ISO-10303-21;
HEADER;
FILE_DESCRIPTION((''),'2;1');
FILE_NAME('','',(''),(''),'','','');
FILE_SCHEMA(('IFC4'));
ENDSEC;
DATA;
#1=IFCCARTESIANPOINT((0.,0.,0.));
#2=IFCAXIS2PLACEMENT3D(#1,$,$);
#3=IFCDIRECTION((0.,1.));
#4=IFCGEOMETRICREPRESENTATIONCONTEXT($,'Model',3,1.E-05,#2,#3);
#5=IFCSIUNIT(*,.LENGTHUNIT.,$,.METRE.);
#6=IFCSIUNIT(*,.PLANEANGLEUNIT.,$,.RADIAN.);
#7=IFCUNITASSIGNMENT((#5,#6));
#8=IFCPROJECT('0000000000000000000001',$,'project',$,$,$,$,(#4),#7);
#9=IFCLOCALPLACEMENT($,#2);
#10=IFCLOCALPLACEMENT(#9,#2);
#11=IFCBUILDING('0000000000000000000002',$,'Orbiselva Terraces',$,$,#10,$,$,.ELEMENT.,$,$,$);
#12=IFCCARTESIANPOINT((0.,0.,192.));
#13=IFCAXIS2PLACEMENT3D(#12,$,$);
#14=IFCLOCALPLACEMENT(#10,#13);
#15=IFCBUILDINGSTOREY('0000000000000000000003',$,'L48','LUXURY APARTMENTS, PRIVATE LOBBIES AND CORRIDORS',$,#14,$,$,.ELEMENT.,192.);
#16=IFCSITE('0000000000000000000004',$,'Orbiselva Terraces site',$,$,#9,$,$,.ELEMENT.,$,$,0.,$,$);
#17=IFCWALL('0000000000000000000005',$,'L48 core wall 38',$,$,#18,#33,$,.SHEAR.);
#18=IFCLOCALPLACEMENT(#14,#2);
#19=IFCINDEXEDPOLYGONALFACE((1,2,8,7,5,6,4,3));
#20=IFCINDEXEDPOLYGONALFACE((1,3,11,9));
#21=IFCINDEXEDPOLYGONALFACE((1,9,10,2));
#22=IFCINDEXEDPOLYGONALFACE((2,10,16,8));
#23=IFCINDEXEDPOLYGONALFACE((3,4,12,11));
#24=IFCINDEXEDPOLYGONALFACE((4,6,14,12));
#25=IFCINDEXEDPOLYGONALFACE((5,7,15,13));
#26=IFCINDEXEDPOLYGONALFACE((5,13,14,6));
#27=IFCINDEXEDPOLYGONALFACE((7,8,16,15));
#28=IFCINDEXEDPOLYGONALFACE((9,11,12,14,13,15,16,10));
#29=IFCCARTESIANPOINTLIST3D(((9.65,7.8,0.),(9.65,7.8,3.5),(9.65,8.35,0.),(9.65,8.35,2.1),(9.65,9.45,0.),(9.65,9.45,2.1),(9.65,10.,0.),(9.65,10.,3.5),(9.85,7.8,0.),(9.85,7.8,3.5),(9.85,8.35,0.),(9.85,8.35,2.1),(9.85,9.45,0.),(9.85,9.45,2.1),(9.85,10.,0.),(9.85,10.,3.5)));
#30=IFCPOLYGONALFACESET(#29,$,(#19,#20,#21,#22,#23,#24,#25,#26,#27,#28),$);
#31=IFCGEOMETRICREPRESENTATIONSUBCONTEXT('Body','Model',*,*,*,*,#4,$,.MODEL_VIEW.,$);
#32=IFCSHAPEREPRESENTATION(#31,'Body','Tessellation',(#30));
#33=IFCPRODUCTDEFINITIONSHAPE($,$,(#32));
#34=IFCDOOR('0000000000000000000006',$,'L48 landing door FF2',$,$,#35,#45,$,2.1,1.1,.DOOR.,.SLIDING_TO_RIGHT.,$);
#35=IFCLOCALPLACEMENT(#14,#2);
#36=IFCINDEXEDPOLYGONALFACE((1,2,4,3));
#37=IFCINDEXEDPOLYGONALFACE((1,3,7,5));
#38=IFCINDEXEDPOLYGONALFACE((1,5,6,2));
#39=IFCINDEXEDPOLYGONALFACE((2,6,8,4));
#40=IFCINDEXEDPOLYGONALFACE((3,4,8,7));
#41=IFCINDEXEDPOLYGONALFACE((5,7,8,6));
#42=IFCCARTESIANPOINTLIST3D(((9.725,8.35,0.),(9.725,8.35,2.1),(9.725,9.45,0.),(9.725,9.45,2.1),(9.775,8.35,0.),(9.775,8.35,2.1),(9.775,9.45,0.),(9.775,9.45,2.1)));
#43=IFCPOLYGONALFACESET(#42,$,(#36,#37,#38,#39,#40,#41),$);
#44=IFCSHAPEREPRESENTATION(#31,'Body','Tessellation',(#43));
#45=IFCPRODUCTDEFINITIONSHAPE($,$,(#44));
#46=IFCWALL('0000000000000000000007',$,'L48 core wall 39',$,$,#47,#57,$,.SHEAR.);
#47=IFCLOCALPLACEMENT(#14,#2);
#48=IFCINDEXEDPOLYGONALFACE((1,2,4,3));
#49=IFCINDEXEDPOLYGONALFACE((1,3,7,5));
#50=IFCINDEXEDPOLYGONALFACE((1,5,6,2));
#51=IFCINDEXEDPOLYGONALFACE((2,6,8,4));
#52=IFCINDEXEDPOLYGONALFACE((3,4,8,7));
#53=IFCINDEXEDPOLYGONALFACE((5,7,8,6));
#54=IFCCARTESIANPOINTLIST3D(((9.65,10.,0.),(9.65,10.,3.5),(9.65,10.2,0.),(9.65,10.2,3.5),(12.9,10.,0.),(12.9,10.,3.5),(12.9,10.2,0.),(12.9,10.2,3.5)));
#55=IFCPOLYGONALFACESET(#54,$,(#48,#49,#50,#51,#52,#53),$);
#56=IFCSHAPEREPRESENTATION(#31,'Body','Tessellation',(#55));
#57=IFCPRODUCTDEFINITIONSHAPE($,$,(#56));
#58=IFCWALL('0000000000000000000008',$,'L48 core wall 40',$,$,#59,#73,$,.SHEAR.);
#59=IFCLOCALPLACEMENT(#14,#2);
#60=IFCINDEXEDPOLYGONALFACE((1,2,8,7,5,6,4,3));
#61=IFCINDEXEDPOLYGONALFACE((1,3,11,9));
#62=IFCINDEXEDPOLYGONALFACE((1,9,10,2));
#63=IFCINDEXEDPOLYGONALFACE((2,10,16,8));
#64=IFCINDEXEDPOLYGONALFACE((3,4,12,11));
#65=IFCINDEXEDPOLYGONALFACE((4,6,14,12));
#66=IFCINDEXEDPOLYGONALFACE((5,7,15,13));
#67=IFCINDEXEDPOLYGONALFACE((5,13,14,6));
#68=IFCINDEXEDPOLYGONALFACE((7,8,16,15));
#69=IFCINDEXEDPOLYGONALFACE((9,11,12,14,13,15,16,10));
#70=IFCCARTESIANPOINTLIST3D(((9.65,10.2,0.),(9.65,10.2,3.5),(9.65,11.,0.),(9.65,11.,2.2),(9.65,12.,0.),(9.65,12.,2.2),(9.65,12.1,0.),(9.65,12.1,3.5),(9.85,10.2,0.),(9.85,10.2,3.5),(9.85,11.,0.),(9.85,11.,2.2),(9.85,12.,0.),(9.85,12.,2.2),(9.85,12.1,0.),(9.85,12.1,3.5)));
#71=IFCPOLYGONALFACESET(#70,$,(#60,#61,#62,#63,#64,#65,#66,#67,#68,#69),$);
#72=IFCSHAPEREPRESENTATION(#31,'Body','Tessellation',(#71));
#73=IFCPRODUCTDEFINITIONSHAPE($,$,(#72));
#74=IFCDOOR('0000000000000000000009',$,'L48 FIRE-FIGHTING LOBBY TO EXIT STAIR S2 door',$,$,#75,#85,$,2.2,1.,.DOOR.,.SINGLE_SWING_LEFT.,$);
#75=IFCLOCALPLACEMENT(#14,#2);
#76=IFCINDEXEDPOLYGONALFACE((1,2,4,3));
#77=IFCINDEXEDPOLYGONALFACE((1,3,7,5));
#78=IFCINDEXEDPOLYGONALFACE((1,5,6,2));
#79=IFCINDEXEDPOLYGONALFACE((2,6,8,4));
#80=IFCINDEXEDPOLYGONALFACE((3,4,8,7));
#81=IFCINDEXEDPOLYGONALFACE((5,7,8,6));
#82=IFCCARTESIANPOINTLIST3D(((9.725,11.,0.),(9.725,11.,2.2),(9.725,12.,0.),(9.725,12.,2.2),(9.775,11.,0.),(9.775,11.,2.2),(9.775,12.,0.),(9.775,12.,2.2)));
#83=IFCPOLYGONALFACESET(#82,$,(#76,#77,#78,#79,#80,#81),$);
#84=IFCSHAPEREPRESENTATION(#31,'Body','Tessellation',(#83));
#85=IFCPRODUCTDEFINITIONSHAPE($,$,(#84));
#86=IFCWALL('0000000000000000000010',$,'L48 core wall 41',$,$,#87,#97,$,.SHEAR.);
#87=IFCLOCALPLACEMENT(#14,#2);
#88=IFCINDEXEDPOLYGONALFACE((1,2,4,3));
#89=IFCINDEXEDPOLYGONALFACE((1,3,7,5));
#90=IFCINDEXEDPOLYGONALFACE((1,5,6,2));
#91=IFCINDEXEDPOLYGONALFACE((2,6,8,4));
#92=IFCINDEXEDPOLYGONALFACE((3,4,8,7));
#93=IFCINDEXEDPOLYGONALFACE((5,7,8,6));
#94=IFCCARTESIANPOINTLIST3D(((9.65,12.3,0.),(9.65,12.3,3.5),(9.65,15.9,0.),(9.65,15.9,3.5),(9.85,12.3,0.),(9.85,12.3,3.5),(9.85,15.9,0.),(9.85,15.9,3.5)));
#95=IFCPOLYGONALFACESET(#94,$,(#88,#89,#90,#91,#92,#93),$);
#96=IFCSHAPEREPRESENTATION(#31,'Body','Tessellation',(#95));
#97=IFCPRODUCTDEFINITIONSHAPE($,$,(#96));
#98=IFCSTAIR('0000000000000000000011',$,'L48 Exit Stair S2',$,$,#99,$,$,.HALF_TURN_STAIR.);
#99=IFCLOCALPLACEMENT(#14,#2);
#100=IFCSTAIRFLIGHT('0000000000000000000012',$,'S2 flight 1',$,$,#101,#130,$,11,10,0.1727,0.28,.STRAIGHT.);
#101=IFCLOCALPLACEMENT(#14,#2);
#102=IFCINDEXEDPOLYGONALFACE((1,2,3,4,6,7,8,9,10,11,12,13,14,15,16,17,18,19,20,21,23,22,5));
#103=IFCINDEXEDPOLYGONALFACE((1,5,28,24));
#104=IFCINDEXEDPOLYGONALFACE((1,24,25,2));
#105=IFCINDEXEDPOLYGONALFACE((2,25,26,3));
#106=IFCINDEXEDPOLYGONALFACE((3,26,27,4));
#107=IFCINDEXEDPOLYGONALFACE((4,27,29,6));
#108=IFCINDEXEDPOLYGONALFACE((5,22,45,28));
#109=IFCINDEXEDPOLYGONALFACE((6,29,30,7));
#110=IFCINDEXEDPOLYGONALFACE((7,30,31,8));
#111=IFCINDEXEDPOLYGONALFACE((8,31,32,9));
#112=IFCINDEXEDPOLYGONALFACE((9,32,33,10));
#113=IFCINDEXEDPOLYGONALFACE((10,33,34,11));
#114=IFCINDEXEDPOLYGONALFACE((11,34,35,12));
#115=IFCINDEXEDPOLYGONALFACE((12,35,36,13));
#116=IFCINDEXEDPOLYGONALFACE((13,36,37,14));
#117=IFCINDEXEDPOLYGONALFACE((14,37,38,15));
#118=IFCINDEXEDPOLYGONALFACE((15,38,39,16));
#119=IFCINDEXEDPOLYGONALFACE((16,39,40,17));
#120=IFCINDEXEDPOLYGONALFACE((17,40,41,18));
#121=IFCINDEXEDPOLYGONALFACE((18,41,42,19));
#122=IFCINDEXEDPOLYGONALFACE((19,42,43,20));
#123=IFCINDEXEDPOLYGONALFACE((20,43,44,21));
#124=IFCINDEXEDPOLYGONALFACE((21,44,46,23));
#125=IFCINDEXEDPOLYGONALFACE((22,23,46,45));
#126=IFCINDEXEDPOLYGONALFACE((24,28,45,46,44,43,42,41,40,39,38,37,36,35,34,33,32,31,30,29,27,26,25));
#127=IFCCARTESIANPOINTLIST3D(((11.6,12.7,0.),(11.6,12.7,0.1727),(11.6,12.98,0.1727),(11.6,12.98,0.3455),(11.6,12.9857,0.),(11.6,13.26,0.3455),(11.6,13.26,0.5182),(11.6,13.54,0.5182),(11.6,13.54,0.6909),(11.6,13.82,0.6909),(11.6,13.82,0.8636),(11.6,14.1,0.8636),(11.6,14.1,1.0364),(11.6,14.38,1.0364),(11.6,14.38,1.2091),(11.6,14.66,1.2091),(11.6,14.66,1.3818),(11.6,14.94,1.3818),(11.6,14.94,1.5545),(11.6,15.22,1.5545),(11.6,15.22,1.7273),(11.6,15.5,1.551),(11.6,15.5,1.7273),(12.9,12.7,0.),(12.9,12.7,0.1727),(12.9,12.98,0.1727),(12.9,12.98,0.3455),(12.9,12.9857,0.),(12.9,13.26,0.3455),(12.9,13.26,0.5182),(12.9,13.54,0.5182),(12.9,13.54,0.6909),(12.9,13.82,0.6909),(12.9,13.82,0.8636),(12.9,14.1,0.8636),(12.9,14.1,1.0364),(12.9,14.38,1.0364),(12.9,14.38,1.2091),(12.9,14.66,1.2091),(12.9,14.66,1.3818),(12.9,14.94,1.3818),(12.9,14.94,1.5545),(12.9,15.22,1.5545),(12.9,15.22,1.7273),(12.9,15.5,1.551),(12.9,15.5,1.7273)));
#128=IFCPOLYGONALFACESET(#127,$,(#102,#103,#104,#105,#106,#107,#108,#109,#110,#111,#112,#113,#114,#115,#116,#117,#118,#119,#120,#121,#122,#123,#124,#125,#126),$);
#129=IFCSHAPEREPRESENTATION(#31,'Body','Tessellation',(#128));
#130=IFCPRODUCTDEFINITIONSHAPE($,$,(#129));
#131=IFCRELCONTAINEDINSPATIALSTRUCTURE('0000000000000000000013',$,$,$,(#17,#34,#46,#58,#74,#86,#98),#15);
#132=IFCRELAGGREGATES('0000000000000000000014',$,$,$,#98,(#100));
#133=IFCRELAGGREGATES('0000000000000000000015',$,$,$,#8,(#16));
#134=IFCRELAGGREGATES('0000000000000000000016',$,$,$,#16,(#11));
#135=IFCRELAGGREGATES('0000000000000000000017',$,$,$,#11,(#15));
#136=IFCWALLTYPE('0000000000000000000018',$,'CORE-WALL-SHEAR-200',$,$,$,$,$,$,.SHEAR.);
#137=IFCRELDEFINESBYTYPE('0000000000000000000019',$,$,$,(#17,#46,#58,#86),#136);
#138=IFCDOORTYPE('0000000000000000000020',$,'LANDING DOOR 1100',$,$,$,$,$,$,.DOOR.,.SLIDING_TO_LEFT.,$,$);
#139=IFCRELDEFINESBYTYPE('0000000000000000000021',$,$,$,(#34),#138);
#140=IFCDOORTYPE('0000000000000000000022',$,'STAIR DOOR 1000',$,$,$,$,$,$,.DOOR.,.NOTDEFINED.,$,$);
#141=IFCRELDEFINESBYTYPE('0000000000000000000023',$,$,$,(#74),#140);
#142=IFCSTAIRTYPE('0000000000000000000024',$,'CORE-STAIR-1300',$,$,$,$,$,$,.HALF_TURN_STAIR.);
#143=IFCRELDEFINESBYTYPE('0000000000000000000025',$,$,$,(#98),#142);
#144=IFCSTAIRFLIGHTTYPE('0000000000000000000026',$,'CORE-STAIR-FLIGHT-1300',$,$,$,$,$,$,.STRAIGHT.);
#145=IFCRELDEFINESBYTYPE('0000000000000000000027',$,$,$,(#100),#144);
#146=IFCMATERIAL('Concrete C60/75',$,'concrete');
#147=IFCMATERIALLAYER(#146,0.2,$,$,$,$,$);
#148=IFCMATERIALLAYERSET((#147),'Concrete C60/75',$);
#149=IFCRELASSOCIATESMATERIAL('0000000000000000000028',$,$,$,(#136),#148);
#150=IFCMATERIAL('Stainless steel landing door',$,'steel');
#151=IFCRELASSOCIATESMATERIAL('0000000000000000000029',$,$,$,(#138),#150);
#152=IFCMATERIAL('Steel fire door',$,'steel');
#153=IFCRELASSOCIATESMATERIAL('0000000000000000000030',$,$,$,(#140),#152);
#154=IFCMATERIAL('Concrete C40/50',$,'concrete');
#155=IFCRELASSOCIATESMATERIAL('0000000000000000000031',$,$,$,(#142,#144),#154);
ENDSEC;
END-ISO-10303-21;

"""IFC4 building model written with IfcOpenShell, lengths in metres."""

from ifc_helpers import new_model, si_unit, direction, frame, frame_2d, origin, place, context, subcontext, project, spatial, polyline, rectangle, outline, extrude, material, layer, layer_set, type_object, element, fill, aggregate, save


model = new_model("IFC4")

# Units and contexts
model_context = context("Model", 3, precision=1e-05, world=origin(), true_north=direction((0.0, 1.0)))
body_context = subcontext(model_context, "Body", "Model", "MODEL_VIEW")
ifc_project = project(units=[si_unit("LENGTHUNIT", "METRE"), si_unit("PLANEANGLEUNIT", "RADIAN")], contexts=[model_context])

# Site, building, storey
site_placement = place(None, origin())
site = spatial("IfcSite", under=ifc_project, at=site_placement, Name="Orbiselva Terraces site", CompositionType="ELEMENT", RefElevation=0.0)
building_placement = place(site_placement, origin())
building = spatial("IfcBuilding", under=site, at=building_placement, Name="Orbiselva Terraces", CompositionType="ELEMENT")
storey_placement = place(building_placement, frame((0.0, 0.0, 192.0)))
storey = spatial("IfcBuildingStorey", under=building, at=storey_placement, Name="L48", Description="LUXURY APARTMENTS, PRIVATE LOBBIES AND CORRIDORS", CompositionType="ELEMENT", Elevation=192.0)

# Shared definitions
ifc_material_1 = material(Name="Steel fire door", Category="steel")

# Shared definitions
ifc_material_2 = material(Name="Concrete C60/75", Category="concrete")
ifc_layer_1 = layer(ifc_material_2, 0.2)
ifc_layer_set_1 = layer_set([ifc_layer_1], Name="Concrete C60/75")
wall_type_1 = type_object("IfcWallType", Name="CORE-WALL-SHEAR-200", PredefinedType="SHEAR", material=ifc_layer_set_1)

# Shared definitions
ifc_material_3 = material(Name="Stainless steel landing door", Category="steel")
door_type_1 = type_object("IfcDoorType", Name="LANDING DOOR 1100", OperationType="SLIDING_TO_LEFT", PredefinedType="DOOR", material=ifc_material_3)

# Wall, opening, door
wall_1_placement = place(storey_placement, frame((9.75, 7.8, 0.0), z_axis=(0.0, 0.0, 1.0), x_axis=(0.0, 1.0, 0.0)))
wall_1 = element("IfcWall", 1, at=wall_1_placement, inside=storey, type_object=wall_type_1, Name="L48 core wall 38", PredefinedType="SHEAR", context=body_context, shape_type="SweptSolid", body=[
    extrude(rectangle(XDim=2.2, YDim=0.2, at=frame_2d((1.1, 0.0))), origin(), (0.0, 0.0, 1.0), 3.5),
])
opening_1_placement = place(wall_1_placement, frame((0.55, 0.0, 0.0)))
opening_1 = element("IfcOpeningElement", 2, at=opening_1_placement, cuts=wall_1, PredefinedType="OPENING", context=body_context, shape_type="SweptSolid", body=[
    extrude(rectangle(XDim=1.1, YDim=2.1, at=frame_2d((0.55, 1.05))), frame((0.0, 0.11, 0.0), z_axis=(0.0, -1.0, 0.0), x_axis=(1.0, 0.0, 0.0)), (0.0, 0.0, 1.0), 0.22),
])
door_1_placement = place(opening_1_placement, origin())
door_1 = element("IfcDoor", 3, at=door_1_placement, inside=storey, type_object=door_type_1, Name="L48 landing door FF2", OperationType="SLIDING_TO_RIGHT", OverallHeight=2.1, OverallWidth=1.1, PredefinedType="DOOR", context=body_context, shape_type="SweptSolid", body=[
    extrude(rectangle(XDim=1.1, YDim=2.1, at=frame_2d((0.55, 1.05))), frame((0.0, 0.025, 0.0), z_axis=(0.0, -1.0, 0.0), x_axis=(1.0, 0.0, 0.0)), (0.0, 0.0, 1.0), 0.05),
])
fill(opening_1, door_1)

# Wall
wall_2_placement = place(storey_placement, frame((9.65, 10.1, 0.0), z_axis=(0.0, 0.0, 1.0), x_axis=(1.0, 0.0, 0.0)))
element("IfcWall", 4, at=wall_2_placement, inside=storey, type_object=wall_type_1, Name="L48 core wall 39", PredefinedType="SHEAR", context=body_context, shape_type="SweptSolid", body=[
    extrude(rectangle(XDim=3.25, YDim=0.2, at=frame_2d((1.625, 0.0))), origin(), (0.0, 0.0, 1.0), 3.5),
])

# Wall, opening, door
wall_3_placement = place(storey_placement, frame((9.75, 12.1, 0.0), z_axis=(0.0, 0.0, 1.0), x_axis=(0.0, -1.0, 0.0)))
wall_3 = element("IfcWall", 5, at=wall_3_placement, inside=storey, type_object=wall_type_1, Name="L48 core wall 40", PredefinedType="SHEAR", context=body_context, shape_type="SweptSolid", body=[
    extrude(rectangle(XDim=1.9, YDim=0.2, at=frame_2d((0.95, 0.0))), origin(), (0.0, 0.0, 1.0), 3.5),
])
opening_2_placement = place(wall_3_placement, frame((0.1, 0.0, 0.0)))
opening_2 = element("IfcOpeningElement", 6, at=opening_2_placement, cuts=wall_3, PredefinedType="OPENING", context=body_context, shape_type="SweptSolid", body=[
    extrude(rectangle(XDim=1.0, YDim=2.2, at=frame_2d((0.5, 1.1))), frame((0.0, 0.11, 0.0), z_axis=(0.0, -1.0, 0.0), x_axis=(1.0, 0.0, 0.0)), (0.0, 0.0, 1.0), 0.22),
])
door_type_2 = type_object("IfcDoorType", Name="STAIR DOOR 1000", OperationType="NOTDEFINED", PredefinedType="DOOR", material=ifc_material_1)
door_2_placement = place(opening_2_placement, origin())
door_2 = element("IfcDoor", 7, at=door_2_placement, inside=storey, type_object=door_type_2, Name="L48 FIRE-FIGHTING LOBBY TO EXIT STAIR S2 door", OperationType="SINGLE_SWING_LEFT", OverallHeight=2.2, OverallWidth=1.0, PredefinedType="DOOR", context=body_context, shape_type="SweptSolid", body=[
    extrude(rectangle(XDim=1.0, YDim=2.2, at=frame_2d((0.5, 1.1))), frame((0.0, 0.025, 0.0), z_axis=(0.0, -1.0, 0.0), x_axis=(1.0, 0.0, 0.0)), (0.0, 0.0, 1.0), 0.05),
])
fill(opening_2, door_2)

# Wall
wall_4_placement = place(storey_placement, frame((9.75, 12.3, 0.0), z_axis=(0.0, 0.0, 1.0), x_axis=(0.0, 1.0, 0.0)))
element("IfcWall", 8, at=wall_4_placement, inside=storey, type_object=wall_type_1, Name="L48 core wall 41", PredefinedType="SHEAR", context=body_context, shape_type="SweptSolid", body=[
    extrude(rectangle(XDim=3.6, YDim=0.2, at=frame_2d((1.8, 0.0))), origin(), (0.0, 0.0, 1.0), 3.5),
])

# Stair, stair flight
ifc_material_4 = material(Name="Concrete C40/50", Category="concrete")
stair_type = type_object("IfcStairType", Name="CORE-STAIR-1300", PredefinedType="HALF_TURN_STAIR", material=ifc_material_4)
stair_placement = place(storey_placement, origin())
stair = element("IfcStair", 9, at=stair_placement, inside=storey, type_object=stair_type, Name="L48 Exit Stair S2", PredefinedType="HALF_TURN_STAIR")
stair_flight_type = type_object("IfcStairFlightType", Name="CORE-STAIR-FLIGHT-1300", PredefinedType="STRAIGHT", material=ifc_material_4)
stair_flight_placement = place(storey_placement, frame((12.25, 12.7, 0.0), z_axis=(0.0, 0.0, 1.0), x_axis=(0.0, 1.0, 0.0)))
stair_flight = element("IfcStairFlight", 10, at=stair_flight_placement, type_object=stair_flight_type, Name="S2 flight 1", NumberOfRisers=11, NumberOfTreads=10, PredefinedType="STRAIGHT", RiserHeight=0.1727, TreadLength=0.28, context=body_context, shape_type="SweptSolid", body=[
    extrude(outline(polyline([(0.0, 0.0), (0.0, 0.1727), (0.28, 0.1727), (0.28, 0.3455), (0.56, 0.3455), (0.56, 0.5182), (0.84, 0.5182), (0.84, 0.6909), (1.12, 0.6909), (1.12, 0.8636), (1.4, 0.8636), (1.4, 1.0364), (1.68, 1.0364), (1.68, 1.2091), (1.96, 1.2091), (1.96, 1.3818), (2.24, 1.3818), (2.24, 1.5545), (2.52, 1.5545), (2.52, 1.7273), (2.8, 1.7273), (2.8, 1.9), (2.8, 1.551), (0.2857, 0.0), (0.0, 0.0)])), frame((0.0, 0.65, 0.0), z_axis=(0.0, -1.0, 0.0), x_axis=(1.0, 0.0, 0.0)), (0.0, 0.0, 1.0), 1.3),
])
aggregate(stair, [stair_flight])

save(model, "model.ifc")
